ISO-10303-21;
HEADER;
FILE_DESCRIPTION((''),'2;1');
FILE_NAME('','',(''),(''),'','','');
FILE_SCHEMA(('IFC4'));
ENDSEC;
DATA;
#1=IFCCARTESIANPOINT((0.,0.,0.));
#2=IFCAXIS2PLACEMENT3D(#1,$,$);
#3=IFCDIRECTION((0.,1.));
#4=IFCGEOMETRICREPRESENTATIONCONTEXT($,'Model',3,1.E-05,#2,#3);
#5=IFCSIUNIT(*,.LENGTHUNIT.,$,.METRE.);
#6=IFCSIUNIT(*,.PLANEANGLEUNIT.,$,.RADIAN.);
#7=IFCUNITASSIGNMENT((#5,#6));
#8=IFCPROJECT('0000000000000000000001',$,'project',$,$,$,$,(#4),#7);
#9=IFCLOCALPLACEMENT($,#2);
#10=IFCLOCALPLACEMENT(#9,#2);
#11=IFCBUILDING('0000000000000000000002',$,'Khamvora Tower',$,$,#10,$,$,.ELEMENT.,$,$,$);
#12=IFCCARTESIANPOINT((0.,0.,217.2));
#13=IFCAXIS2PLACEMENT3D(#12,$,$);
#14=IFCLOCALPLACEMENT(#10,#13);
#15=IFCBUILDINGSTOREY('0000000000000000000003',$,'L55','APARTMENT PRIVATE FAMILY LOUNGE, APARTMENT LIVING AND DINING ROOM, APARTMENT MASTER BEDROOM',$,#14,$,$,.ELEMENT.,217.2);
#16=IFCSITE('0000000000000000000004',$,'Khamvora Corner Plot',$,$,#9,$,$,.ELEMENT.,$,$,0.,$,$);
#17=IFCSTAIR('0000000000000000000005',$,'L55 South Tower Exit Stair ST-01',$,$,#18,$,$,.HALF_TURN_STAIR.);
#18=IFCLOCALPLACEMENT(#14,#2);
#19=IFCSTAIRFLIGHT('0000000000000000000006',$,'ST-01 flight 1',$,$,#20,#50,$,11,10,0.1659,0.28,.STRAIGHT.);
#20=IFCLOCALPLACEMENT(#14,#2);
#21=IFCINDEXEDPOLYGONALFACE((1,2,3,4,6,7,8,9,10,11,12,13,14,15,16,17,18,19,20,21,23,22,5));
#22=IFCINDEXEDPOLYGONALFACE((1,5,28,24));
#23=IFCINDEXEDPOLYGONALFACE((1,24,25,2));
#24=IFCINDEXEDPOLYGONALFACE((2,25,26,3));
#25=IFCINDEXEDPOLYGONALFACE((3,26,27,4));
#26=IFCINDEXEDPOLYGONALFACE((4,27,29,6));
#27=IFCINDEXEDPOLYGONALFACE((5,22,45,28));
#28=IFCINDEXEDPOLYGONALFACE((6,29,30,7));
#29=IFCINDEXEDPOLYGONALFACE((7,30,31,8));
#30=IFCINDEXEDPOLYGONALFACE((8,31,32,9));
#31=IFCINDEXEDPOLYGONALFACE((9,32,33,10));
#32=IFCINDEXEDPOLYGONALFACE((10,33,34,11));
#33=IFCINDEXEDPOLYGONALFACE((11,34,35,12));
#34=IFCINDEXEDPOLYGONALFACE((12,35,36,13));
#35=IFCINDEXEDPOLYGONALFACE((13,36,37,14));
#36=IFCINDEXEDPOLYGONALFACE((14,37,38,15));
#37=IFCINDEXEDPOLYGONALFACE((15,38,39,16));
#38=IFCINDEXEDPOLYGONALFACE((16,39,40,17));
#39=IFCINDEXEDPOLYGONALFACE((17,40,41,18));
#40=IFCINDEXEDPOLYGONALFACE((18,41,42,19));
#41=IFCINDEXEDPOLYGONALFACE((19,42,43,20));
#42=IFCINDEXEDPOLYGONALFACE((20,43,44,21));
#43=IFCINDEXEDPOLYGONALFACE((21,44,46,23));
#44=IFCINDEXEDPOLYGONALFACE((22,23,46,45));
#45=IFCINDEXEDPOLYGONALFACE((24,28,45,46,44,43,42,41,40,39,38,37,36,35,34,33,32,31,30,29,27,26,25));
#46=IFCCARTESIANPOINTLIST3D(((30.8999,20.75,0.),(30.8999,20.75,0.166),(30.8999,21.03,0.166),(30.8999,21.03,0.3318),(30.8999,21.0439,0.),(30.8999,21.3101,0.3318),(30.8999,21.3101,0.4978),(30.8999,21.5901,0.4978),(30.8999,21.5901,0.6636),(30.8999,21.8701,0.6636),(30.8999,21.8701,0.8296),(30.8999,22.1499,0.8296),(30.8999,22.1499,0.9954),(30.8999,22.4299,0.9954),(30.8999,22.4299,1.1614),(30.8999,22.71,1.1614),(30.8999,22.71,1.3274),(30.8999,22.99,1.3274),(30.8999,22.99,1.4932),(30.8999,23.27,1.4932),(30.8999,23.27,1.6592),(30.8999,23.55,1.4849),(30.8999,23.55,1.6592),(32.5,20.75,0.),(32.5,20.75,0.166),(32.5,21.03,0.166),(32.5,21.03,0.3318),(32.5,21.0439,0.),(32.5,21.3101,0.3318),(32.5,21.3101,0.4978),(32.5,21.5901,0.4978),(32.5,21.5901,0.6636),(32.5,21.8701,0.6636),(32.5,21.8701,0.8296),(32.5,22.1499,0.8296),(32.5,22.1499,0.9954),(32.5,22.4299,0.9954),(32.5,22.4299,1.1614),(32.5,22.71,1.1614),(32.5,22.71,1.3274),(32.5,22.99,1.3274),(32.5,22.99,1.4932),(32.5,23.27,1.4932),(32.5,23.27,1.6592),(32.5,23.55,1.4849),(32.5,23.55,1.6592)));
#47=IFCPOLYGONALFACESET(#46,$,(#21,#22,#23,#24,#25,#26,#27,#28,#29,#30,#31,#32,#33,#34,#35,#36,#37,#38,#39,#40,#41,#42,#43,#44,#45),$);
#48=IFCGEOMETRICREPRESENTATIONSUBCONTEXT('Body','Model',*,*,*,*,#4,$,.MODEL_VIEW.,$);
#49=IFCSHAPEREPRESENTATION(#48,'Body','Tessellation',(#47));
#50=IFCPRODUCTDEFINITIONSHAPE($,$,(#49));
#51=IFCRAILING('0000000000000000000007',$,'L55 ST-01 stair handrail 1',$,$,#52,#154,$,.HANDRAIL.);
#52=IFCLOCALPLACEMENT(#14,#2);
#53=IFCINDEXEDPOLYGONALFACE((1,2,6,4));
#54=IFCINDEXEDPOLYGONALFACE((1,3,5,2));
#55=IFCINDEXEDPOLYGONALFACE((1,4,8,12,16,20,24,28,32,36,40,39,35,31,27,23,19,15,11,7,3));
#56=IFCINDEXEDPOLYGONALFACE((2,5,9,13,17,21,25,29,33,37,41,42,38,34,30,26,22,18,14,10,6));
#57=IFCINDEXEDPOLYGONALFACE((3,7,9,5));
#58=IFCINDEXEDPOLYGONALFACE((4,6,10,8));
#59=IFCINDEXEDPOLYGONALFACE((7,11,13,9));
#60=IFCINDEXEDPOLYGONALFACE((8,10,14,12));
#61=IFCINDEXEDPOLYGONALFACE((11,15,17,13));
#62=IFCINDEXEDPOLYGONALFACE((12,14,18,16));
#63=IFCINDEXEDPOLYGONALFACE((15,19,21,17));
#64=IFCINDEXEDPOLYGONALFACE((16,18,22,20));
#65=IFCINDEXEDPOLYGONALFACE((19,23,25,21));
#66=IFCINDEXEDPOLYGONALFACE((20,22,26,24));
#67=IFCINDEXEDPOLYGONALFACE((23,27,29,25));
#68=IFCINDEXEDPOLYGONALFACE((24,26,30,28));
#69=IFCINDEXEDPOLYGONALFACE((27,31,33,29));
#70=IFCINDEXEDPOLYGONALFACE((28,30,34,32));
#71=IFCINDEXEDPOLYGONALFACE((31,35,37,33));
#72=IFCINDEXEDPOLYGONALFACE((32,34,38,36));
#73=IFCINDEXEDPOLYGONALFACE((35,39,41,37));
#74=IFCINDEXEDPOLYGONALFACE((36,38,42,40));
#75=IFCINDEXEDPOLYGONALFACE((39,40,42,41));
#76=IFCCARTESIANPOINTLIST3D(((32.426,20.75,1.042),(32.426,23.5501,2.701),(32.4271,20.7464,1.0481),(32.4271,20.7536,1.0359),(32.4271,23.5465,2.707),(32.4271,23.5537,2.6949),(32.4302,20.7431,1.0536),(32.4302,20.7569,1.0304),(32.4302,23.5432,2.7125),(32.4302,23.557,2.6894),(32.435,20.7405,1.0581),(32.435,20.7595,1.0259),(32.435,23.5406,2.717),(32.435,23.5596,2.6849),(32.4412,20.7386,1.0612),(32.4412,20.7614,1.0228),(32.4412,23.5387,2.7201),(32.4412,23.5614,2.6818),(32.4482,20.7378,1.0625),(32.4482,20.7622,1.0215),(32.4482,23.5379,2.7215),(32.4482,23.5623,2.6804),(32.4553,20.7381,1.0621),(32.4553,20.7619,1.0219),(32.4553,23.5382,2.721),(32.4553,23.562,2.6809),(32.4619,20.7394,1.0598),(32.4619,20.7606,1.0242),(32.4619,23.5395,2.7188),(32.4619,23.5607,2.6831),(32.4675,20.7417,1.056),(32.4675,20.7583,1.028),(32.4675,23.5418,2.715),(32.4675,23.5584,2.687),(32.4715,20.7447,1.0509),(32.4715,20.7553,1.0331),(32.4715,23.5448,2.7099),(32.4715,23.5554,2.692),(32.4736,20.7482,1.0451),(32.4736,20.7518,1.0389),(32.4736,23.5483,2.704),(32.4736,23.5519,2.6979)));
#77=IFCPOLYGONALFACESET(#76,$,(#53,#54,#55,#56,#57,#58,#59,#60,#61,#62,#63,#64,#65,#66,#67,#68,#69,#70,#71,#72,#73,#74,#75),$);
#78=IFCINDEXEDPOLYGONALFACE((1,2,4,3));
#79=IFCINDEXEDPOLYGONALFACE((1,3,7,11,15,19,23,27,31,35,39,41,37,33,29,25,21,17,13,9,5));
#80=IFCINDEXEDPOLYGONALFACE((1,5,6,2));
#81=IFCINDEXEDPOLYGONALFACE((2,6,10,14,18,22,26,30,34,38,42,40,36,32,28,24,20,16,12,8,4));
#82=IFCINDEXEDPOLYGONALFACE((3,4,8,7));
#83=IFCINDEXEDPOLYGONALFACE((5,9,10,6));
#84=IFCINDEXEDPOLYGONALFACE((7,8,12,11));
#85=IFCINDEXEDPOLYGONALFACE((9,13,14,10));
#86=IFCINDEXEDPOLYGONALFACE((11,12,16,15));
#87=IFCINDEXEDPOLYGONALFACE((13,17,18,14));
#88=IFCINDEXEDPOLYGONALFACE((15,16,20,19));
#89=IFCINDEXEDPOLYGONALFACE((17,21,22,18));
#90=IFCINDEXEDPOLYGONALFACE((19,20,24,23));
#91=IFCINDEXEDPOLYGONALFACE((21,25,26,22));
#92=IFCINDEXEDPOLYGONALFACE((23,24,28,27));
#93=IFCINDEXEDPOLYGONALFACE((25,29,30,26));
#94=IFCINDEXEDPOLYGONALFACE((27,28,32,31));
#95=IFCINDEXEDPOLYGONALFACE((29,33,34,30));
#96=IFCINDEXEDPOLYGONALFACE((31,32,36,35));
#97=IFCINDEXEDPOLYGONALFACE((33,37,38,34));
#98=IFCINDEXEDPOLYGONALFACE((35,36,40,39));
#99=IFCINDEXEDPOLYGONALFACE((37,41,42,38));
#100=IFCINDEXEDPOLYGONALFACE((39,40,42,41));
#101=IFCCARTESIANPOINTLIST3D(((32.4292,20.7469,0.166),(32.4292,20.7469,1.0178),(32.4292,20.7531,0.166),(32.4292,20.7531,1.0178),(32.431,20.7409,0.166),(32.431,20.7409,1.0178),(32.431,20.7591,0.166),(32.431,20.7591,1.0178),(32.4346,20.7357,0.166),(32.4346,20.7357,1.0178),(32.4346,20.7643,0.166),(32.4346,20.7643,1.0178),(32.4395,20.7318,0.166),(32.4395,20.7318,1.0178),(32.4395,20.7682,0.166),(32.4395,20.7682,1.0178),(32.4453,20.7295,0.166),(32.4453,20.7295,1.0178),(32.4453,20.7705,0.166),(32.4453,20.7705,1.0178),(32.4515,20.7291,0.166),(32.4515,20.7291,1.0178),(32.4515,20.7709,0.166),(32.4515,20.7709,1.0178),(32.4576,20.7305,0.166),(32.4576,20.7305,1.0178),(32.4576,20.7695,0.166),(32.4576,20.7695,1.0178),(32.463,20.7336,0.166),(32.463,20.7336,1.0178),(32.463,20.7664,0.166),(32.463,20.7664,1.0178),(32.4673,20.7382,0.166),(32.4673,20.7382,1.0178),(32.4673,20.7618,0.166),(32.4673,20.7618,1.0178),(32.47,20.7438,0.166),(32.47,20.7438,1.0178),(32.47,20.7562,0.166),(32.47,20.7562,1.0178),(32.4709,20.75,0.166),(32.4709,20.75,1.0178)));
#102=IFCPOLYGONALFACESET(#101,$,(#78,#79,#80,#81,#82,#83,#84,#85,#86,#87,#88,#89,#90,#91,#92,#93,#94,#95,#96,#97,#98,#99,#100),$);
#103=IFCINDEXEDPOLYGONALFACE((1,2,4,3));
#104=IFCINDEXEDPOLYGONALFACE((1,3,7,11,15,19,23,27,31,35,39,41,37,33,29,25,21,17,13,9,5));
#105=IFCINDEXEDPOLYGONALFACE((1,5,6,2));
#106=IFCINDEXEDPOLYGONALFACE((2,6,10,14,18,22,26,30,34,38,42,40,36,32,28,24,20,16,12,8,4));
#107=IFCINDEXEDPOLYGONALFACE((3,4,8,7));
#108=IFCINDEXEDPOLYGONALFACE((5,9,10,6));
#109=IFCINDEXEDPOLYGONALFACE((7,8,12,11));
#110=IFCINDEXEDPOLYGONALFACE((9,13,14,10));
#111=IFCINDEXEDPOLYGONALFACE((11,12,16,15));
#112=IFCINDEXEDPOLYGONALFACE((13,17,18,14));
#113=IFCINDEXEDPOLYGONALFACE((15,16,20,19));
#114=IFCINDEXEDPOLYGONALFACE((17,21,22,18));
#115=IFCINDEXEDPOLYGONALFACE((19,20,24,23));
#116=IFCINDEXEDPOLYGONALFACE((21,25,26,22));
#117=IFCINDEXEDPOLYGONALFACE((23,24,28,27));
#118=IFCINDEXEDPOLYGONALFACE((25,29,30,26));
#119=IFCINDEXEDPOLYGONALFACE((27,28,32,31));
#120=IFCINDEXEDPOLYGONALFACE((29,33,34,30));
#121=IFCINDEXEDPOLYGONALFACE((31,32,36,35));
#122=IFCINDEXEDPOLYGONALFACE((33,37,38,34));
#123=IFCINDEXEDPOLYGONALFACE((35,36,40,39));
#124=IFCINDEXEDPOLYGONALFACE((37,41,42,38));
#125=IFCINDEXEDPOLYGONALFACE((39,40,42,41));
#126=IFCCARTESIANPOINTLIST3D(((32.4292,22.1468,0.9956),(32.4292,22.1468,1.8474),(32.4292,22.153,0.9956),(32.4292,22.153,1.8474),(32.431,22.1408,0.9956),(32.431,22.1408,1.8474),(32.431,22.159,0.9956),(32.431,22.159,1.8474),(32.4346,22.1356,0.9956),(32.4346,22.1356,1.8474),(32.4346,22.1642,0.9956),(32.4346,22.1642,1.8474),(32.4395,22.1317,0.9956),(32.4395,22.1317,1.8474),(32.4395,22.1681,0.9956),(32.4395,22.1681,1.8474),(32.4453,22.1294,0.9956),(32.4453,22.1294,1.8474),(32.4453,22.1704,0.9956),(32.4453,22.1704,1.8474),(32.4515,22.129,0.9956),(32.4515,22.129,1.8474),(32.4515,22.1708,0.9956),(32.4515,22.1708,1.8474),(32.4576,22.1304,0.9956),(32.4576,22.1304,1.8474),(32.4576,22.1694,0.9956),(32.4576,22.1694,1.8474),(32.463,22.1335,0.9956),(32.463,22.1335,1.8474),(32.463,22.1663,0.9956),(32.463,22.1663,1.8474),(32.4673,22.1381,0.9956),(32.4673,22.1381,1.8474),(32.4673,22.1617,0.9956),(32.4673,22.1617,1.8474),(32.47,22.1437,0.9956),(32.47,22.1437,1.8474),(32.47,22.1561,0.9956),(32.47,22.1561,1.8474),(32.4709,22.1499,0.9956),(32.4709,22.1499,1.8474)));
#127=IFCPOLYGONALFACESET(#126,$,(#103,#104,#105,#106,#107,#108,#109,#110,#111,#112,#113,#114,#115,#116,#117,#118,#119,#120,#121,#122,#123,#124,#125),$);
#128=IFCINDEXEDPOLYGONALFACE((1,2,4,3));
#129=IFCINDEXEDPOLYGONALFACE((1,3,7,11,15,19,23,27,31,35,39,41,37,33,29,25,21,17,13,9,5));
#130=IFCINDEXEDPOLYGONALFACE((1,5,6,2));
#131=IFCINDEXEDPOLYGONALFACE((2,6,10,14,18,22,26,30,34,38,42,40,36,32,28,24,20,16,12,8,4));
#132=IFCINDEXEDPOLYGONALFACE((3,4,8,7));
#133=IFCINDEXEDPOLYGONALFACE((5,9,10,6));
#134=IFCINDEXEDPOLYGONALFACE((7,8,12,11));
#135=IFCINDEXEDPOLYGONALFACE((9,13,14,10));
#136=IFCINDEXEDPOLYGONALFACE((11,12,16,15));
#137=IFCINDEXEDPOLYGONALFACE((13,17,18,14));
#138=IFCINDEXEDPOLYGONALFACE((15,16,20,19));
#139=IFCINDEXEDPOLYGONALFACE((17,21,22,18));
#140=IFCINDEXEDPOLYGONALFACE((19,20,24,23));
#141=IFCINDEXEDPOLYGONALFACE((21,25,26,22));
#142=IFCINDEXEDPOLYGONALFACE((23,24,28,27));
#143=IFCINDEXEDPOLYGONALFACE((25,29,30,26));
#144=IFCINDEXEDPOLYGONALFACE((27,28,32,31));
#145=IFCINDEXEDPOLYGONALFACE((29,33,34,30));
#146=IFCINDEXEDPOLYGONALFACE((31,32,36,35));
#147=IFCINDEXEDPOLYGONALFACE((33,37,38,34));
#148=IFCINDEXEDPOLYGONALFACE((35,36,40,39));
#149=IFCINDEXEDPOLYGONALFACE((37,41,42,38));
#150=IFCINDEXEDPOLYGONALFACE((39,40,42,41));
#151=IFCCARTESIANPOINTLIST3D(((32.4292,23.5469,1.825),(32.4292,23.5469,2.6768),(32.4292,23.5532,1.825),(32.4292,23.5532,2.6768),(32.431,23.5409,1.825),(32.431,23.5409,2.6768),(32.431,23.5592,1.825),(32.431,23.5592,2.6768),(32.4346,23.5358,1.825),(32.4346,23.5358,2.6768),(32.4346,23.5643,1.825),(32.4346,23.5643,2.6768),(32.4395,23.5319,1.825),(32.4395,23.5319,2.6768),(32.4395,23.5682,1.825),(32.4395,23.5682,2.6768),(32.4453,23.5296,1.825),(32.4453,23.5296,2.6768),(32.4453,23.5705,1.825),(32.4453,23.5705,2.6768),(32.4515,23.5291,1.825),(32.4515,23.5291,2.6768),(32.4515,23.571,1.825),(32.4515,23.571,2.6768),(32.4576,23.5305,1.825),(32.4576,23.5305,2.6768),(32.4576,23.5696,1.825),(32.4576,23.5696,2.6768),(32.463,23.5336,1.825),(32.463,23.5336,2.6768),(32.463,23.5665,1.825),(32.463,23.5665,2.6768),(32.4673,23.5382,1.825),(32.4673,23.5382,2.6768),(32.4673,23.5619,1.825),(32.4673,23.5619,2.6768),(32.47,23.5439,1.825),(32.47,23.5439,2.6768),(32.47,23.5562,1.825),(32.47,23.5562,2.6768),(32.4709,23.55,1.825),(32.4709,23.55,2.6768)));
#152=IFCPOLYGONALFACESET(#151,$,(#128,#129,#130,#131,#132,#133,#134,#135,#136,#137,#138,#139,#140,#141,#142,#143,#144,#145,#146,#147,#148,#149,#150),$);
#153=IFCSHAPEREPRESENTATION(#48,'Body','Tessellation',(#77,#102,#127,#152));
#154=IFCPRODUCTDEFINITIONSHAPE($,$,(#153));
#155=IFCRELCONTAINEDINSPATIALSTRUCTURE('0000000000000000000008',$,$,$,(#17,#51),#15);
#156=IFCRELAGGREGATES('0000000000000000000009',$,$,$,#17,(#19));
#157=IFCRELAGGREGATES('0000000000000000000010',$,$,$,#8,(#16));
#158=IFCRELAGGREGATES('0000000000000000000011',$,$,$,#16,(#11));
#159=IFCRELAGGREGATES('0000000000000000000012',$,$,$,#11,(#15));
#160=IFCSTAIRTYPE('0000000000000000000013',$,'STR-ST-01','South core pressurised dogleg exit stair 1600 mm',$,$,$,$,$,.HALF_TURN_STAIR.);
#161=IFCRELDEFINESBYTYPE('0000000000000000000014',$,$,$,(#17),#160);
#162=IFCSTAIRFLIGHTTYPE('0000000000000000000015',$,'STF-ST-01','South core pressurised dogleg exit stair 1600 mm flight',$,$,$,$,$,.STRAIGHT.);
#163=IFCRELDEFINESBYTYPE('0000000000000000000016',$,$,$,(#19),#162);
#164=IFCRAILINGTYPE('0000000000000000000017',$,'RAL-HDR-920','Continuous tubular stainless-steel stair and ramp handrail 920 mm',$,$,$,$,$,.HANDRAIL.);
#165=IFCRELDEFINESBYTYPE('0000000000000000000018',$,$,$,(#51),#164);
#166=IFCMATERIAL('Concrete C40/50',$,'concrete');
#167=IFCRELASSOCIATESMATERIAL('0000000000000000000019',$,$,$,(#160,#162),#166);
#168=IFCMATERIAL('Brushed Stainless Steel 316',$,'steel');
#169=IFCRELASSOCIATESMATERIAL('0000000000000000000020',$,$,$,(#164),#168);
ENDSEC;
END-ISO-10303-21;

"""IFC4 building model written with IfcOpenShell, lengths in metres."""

from ifc_helpers import new_model, si_unit, direction, frame, origin, origin_2d, place, context, subcontext, project, spatial, polyline, circle, outline, extrude, material, type_object, element, aggregate, save


model = new_model("IFC4")

# Units and contexts
model_context = context("Model", 3, precision=1e-05, world=origin(), true_north=direction((0.0, 1.0)))
body_context = subcontext(model_context, "Body", "Model", "MODEL_VIEW")
ifc_project = project(units=[si_unit("LENGTHUNIT", "METRE"), si_unit("PLANEANGLEUNIT", "RADIAN")], contexts=[model_context])

# Site, building, storey
site_placement = place(None, origin())
site = spatial("IfcSite", under=ifc_project, at=site_placement, Name="Khamvora Corner Plot", CompositionType="ELEMENT", RefElevation=0.0)
building_placement = place(site_placement, origin())
building = spatial("IfcBuilding", under=site, at=building_placement, Name="Khamvora Tower", CompositionType="ELEMENT")
storey_placement = place(building_placement, frame((0.0, 0.0, 217.2)))
storey = spatial("IfcBuildingStorey", under=building, at=storey_placement, Name="L55", Description="APARTMENT PRIVATE FAMILY LOUNGE, APARTMENT LIVING AND DINING ROOM, APARTMENT MASTER BEDROOM", CompositionType="ELEMENT", Elevation=217.2)

# Stair, stair flight
ifc_material_1 = material(Name="Concrete C40/50", Category="concrete")
stair_type = type_object("IfcStairType", Name="STR-ST-01", Description="South core pressurised dogleg exit stair 1600 mm", PredefinedType="HALF_TURN_STAIR", material=ifc_material_1)
stair_placement = place(storey_placement, origin())
stair = element("IfcStair", 1, at=stair_placement, inside=storey, type_object=stair_type, Name="L55 South Tower Exit Stair ST-01", PredefinedType="HALF_TURN_STAIR")
stair_flight_type = type_object("IfcStairFlightType", Name="STF-ST-01", Description="South core pressurised dogleg exit stair 1600 mm flight", PredefinedType="STRAIGHT", material=ifc_material_1)
stair_flight_placement = place(storey_placement, frame((31.7, 20.75, 0.0), z_axis=(0.0, 0.0, 1.0), x_axis=(0.0, 1.0, 0.0)))
stair_flight = element("IfcStairFlight", 2, at=stair_flight_placement, type_object=stair_flight_type, Name="ST-01 flight 1", NumberOfRisers=11, NumberOfTreads=10, PredefinedType="STRAIGHT", RiserHeight=0.1659, TreadLength=0.28, context=body_context, shape_type="SweptSolid", body=[
    extrude(outline(polyline([(0.0, 0.0), (0.0, 0.166), (0.28, 0.166), (0.28, 0.3318), (0.5601, 0.3318), (0.5601, 0.4978), (0.8401, 0.4978), (0.8401, 0.6636), (1.1201, 0.6636), (1.1201, 0.8296), (1.3999, 0.8296), (1.3999, 0.9954), (1.6799, 0.9954), (1.6799, 1.1614), (1.96, 1.1614), (1.96, 1.3274), (2.24, 1.3274), (2.24, 1.4932), (2.52, 1.4932), (2.52, 1.6592), (2.8, 1.6592), (2.8, 1.825), (2.8, 1.4849), (0.2939, 0.0), (0.0, 0.0)])), frame((0.0, 0.8, 0.0), z_axis=(0.0, -1.0, 0.0), x_axis=(1.0, 0.0, 0.0)), (0.0, 0.0, 1.0), 1.6001),
])
aggregate(stair, [stair_flight])

# Railing
ifc_material_2 = material(Name="Brushed Stainless Steel 316", Category="steel")
railing_type_1 = type_object("IfcRailingType", Name="RAL-HDR-920", Description="Continuous tubular stainless-steel stair and ramp handrail 920 mm", PredefinedType="HANDRAIL", material=ifc_material_2)
railing_1_placement = place(storey_placement, frame((32.45, 20.75, 0.166)))
element("IfcRailing", 3, at=railing_1_placement, inside=storey, type_object=railing_type_1, Name="L55 ST-01 stair handrail 1", PredefinedType="HANDRAIL", context=body_context, shape_type="SweptSolid", body=[
    extrude(circle(Radius=0.0239, at=origin_2d()), frame((0.0, 0.0, 0.876), z_axis=(0.0, 0.860339, 0.509722), x_axis=(-1.0, 0.0, 0.0)), (0.0, 0.0, 1.0), 3.2546),
    extrude(circle(Radius=0.021, at=origin_2d()), origin(), (0.0, 0.0, 1.0), 0.8518),
    extrude(circle(Radius=0.021, at=origin_2d()), frame((0.0, 1.3999, 0.8296)), (0.0, 0.0, 1.0), 0.8518),
    extrude(circle(Radius=0.021, at=origin_2d()), frame((0.0, 2.8, 1.6589)), (0.0, 0.0, 1.0), 0.8518),
])

save(model, "model.ifc")
